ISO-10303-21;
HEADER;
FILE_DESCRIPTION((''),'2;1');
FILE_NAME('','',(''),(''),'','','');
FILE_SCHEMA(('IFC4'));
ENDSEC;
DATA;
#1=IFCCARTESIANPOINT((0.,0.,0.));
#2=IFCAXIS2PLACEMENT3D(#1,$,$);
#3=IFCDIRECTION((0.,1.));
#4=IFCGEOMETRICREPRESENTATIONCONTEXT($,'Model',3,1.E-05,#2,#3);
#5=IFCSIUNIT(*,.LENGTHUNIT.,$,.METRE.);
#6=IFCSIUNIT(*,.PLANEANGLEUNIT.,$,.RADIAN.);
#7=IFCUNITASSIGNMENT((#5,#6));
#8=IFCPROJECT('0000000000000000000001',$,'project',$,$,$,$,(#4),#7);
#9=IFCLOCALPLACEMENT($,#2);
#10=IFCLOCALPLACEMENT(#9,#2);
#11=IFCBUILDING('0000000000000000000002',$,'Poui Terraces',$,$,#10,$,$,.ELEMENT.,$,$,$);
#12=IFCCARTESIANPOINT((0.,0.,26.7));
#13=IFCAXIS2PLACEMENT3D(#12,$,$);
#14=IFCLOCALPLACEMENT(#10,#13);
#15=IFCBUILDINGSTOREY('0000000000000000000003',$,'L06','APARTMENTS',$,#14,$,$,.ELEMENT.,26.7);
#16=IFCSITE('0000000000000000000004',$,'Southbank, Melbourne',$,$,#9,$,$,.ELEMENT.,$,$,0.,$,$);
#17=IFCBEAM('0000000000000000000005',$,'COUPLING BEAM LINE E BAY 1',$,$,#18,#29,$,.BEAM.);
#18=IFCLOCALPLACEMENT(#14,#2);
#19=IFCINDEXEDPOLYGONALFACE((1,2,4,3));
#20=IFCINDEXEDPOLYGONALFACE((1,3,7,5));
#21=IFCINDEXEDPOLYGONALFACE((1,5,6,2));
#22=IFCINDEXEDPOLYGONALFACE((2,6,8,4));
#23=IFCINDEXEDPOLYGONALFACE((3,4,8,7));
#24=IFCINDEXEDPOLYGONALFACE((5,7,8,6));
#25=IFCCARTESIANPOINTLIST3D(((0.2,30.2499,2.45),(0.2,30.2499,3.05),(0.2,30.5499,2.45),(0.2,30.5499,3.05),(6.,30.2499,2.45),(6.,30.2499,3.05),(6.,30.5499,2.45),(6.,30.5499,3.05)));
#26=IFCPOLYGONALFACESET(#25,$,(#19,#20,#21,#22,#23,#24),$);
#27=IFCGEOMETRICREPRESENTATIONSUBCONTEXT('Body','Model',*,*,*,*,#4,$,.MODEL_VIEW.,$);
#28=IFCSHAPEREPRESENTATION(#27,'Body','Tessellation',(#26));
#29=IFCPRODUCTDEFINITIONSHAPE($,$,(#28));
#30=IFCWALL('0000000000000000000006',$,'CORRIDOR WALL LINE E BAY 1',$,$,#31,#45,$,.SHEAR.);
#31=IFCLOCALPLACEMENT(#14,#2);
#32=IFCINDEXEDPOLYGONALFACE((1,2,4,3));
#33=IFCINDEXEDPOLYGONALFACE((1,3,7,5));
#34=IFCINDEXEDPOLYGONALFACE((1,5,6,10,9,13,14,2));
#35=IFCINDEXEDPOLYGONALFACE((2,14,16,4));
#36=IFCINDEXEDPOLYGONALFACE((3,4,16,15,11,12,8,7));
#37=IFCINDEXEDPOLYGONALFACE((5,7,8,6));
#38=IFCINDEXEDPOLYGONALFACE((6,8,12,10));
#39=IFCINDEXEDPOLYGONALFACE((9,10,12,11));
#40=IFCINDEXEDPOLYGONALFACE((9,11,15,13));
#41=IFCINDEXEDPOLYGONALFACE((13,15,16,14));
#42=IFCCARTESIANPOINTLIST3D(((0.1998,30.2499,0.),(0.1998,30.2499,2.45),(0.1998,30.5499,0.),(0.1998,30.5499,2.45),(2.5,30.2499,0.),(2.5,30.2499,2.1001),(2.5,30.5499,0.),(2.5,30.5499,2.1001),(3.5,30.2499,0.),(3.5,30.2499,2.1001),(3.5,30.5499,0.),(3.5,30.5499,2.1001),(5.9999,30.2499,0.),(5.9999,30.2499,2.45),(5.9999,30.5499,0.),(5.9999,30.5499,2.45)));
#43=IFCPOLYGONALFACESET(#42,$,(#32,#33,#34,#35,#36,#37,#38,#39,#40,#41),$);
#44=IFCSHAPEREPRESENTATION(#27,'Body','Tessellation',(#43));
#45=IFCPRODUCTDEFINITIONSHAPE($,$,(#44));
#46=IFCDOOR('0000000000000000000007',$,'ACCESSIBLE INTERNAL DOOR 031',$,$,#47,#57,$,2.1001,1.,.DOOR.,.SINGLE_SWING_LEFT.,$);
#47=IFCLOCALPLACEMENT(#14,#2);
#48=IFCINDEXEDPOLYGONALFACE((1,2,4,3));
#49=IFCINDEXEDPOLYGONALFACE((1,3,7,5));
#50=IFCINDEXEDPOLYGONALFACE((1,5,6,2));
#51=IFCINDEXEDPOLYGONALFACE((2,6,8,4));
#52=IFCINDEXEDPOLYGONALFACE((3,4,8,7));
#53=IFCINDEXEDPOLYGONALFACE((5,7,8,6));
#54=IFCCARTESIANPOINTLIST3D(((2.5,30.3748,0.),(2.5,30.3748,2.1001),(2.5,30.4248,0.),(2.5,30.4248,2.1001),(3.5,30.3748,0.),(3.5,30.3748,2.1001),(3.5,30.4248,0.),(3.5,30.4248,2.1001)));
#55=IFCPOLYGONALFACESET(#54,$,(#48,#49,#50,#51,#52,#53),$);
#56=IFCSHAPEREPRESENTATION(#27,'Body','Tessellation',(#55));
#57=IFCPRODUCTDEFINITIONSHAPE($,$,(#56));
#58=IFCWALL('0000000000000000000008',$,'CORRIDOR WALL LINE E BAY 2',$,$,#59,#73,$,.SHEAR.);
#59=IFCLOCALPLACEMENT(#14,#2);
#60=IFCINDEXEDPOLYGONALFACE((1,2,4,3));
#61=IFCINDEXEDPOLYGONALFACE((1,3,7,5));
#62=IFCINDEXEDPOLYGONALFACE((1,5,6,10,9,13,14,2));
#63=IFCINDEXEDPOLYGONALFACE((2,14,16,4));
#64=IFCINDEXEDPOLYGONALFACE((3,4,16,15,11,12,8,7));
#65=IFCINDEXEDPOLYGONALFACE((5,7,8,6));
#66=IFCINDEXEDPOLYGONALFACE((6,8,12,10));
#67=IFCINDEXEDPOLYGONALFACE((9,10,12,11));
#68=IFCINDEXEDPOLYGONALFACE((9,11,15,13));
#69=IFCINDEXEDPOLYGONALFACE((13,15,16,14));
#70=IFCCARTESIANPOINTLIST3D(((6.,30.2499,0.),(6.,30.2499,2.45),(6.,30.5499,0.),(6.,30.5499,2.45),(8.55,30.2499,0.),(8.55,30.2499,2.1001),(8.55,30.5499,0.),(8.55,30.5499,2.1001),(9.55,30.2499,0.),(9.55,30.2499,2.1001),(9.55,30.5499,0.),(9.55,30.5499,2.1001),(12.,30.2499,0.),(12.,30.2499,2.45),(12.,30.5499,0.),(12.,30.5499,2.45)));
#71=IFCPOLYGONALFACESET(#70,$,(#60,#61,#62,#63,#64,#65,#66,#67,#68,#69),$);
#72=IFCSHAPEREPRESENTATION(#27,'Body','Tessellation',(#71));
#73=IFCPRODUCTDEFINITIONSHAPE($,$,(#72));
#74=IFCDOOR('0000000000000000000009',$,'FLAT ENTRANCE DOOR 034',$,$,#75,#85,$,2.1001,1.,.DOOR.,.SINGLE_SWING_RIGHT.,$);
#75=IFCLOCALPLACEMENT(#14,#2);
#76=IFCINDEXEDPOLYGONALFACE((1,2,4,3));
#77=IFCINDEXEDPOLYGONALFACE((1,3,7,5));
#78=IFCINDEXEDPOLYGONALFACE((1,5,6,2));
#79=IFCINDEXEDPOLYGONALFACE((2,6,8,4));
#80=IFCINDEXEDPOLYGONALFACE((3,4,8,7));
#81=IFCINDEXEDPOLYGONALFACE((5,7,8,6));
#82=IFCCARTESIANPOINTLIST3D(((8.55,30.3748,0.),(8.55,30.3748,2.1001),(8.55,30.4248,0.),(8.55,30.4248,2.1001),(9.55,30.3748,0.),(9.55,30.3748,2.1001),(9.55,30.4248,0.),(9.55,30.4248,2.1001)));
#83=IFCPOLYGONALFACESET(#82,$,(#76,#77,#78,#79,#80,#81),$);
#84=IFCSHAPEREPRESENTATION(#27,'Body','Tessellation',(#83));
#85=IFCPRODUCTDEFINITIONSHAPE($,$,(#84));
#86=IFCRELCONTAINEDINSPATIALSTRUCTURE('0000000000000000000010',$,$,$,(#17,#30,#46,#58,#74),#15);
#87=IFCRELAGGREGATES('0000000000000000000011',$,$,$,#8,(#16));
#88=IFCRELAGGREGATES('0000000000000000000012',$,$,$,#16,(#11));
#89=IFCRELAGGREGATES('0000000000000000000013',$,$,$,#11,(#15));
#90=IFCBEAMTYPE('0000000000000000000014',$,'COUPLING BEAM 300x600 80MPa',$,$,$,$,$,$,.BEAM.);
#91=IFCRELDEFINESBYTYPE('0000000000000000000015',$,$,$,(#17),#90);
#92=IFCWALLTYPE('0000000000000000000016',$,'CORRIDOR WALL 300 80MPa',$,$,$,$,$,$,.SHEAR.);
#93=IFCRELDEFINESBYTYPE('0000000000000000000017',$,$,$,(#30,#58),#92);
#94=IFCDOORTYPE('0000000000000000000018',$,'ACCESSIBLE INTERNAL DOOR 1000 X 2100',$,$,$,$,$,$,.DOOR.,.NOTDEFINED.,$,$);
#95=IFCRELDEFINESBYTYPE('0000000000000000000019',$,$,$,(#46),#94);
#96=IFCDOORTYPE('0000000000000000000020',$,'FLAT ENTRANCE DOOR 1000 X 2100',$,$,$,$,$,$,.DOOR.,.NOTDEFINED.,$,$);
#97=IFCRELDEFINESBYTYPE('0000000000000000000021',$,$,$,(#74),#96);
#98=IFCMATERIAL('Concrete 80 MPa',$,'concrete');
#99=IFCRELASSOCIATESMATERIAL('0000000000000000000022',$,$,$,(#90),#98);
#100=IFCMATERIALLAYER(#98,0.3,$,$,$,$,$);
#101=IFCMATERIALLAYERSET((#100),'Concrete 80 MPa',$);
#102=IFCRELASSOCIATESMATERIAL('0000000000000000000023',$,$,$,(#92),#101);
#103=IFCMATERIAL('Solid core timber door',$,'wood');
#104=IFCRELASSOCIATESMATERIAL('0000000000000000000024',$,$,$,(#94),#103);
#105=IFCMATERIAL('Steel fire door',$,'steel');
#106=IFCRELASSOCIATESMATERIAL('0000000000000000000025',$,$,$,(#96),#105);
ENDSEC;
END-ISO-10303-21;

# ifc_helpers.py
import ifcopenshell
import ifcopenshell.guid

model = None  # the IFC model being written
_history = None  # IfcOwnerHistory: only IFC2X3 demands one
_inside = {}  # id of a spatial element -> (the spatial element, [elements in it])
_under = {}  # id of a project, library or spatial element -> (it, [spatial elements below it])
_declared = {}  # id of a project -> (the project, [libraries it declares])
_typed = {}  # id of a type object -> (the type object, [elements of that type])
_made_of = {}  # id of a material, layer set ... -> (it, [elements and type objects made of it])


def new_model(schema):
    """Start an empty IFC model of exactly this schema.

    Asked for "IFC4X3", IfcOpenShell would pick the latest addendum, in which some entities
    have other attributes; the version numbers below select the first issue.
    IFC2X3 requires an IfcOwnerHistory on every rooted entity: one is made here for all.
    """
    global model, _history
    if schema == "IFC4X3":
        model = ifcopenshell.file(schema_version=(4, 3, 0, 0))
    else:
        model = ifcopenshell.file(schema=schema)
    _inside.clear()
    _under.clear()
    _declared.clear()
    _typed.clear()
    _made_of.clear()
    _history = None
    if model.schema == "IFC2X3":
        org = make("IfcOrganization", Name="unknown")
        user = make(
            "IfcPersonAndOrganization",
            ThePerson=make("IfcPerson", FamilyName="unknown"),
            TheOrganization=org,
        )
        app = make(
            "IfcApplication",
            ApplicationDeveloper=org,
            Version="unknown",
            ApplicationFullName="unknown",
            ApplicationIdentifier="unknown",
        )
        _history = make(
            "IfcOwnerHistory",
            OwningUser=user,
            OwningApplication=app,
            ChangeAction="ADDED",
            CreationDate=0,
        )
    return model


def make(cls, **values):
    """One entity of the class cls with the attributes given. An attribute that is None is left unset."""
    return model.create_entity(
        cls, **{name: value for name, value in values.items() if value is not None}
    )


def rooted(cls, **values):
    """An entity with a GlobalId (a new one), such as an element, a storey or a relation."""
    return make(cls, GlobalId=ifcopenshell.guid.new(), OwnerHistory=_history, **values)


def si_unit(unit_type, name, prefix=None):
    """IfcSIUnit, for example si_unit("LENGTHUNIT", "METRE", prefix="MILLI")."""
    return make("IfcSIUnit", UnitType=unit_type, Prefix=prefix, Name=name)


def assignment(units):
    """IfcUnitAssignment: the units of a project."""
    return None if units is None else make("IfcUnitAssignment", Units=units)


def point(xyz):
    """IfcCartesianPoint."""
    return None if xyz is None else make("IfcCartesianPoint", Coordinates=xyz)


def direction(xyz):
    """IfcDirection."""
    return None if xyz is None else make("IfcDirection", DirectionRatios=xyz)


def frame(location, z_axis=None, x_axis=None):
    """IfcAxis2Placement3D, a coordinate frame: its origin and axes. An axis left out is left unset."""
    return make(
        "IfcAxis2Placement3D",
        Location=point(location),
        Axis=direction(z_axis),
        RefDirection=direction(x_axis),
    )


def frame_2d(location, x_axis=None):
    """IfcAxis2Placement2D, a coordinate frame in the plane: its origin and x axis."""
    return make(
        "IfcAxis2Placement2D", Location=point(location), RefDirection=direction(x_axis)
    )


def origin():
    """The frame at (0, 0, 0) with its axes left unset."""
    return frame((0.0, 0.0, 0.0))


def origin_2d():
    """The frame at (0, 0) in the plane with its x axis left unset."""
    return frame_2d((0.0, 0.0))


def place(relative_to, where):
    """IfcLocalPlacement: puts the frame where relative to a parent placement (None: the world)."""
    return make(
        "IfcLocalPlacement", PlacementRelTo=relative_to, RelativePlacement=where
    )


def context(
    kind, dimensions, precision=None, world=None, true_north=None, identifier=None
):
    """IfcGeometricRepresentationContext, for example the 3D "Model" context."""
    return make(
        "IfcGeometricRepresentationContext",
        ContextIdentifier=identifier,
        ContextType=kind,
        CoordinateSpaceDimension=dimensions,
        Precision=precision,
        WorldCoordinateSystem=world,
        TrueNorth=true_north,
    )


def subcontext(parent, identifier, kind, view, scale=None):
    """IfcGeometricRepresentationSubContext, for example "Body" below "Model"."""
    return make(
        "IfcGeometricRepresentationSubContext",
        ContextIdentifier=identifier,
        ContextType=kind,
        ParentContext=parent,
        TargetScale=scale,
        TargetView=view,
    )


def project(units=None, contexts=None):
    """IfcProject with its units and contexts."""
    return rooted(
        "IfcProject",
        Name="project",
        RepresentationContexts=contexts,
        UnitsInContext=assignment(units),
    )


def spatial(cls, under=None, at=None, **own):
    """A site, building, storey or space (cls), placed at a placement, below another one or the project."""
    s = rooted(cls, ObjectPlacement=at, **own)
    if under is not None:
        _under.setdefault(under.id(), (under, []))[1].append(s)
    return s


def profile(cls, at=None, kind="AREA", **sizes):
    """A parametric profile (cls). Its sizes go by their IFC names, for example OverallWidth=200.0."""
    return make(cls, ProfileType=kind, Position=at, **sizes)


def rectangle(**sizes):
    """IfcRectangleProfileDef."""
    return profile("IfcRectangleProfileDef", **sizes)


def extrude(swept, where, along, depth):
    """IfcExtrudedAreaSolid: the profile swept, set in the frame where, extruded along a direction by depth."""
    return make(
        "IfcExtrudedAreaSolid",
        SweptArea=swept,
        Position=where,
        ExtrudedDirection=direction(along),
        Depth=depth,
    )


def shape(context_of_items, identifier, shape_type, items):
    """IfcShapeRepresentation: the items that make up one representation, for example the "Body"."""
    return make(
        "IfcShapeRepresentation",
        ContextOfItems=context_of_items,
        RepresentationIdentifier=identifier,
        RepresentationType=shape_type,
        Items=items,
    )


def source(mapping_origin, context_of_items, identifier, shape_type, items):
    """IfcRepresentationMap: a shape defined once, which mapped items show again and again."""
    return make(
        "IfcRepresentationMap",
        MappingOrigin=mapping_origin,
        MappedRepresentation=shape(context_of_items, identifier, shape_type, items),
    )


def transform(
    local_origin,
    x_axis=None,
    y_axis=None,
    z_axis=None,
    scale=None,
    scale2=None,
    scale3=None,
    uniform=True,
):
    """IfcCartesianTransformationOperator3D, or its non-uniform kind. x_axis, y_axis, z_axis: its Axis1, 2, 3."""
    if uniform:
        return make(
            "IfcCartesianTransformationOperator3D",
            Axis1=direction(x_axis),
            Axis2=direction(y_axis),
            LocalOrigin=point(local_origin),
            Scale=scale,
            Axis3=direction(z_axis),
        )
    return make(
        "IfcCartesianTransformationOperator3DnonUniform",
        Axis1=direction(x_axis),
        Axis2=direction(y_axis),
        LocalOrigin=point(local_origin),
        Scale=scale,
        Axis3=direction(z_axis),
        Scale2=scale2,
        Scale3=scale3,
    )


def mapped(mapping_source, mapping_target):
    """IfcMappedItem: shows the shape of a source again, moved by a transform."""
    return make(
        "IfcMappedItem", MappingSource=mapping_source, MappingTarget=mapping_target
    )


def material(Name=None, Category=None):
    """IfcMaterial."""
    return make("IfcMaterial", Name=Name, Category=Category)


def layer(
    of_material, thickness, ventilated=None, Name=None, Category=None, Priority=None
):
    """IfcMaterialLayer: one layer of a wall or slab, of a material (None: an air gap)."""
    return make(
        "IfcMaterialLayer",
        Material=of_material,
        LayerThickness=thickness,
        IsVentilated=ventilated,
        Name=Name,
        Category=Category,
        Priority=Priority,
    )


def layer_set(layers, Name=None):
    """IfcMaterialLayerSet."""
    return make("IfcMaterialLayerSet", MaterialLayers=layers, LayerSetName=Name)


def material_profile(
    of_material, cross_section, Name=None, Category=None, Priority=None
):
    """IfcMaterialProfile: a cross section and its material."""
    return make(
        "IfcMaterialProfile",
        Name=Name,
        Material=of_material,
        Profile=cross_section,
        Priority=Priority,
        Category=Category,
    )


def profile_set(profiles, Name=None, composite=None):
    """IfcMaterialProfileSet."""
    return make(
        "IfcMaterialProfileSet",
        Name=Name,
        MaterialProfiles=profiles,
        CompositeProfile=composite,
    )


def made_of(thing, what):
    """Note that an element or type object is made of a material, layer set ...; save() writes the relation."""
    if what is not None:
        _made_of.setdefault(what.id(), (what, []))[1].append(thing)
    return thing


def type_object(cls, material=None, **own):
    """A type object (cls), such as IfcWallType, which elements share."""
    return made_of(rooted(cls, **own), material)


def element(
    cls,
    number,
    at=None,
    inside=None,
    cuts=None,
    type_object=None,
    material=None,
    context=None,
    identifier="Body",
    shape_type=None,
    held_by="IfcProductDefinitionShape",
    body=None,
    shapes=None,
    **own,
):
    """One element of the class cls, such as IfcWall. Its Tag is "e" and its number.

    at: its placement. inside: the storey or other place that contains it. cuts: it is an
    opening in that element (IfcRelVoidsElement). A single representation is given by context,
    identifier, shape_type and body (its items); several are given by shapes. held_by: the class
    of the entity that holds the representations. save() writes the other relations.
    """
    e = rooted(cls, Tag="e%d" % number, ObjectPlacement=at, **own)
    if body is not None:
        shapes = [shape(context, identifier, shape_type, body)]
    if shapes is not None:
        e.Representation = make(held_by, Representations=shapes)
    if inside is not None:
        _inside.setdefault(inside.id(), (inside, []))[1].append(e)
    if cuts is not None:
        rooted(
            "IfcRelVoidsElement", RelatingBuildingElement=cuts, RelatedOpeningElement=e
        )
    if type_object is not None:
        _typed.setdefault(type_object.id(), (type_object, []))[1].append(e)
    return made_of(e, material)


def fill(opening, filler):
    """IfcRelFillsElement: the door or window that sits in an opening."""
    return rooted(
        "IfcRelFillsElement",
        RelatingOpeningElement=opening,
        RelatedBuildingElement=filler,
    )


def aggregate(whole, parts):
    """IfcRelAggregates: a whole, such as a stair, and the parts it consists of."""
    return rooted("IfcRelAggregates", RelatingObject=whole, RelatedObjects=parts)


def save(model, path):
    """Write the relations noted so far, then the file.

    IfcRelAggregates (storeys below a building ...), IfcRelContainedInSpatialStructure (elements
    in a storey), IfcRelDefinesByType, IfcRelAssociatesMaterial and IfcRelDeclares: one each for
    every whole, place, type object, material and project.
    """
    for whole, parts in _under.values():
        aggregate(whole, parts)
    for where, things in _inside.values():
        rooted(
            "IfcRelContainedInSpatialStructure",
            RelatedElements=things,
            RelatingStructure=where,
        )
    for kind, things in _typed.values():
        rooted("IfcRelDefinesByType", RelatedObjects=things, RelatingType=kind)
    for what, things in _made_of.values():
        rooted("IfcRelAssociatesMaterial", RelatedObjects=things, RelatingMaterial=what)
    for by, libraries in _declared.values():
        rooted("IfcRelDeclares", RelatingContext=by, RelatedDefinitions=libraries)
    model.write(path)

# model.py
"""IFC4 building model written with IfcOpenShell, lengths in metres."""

from ifc_helpers import new_model, si_unit, direction, frame, frame_2d, origin, origin_2d, place, context, subcontext, project, spatial, rectangle, extrude, source, transform, mapped, material, layer, layer_set, material_profile, profile_set, type_object, element, fill, save


model = new_model("IFC4")

# Units and contexts
model_context = context("Model", 3, precision=1e-05, world=origin(), true_north=direction((0.0, 1.0)))
body_context = subcontext(model_context, "Body", "Model", "MODEL_VIEW")
ifc_project = project(units=[si_unit("LENGTHUNIT", "METRE"), si_unit("PLANEANGLEUNIT", "RADIAN")], contexts=[model_context])

# Site, building, storey
site_placement = place(None, origin())
site = spatial("IfcSite", under=ifc_project, at=site_placement, Name="Southbank, Melbourne", CompositionType="ELEMENT", RefElevation=0.0)
building_placement = place(site_placement, origin())
building = spatial("IfcBuilding", under=site, at=building_placement, Name="Poui Terraces", CompositionType="ELEMENT")
storey_placement = place(building_placement, frame((0.0, 0.0, 26.7)))
storey = spatial("IfcBuildingStorey", under=building, at=storey_placement, Name="L06", Description="APARTMENTS", CompositionType="ELEMENT", Elevation=26.7)

# Beam
ifc_material_1 = material(Name="Concrete 80 MPa", Category="concrete")
ifc_material_profile = material_profile(ifc_material_1, rectangle(XDim=0.3, YDim=0.6001, at=origin_2d()), Name="RC 300x600")
ifc_profile_set = profile_set([ifc_material_profile], Name="Concrete 80 MPa")
beam_type = type_object("IfcBeamType", Name="COUPLING BEAM 300x600 80MPa", PredefinedType="BEAM", material=ifc_profile_set)
shared_shape = source(origin(), body_context, "Body", "SweptSolid", [
    extrude(rectangle(XDim=0.3, YDim=0.6001, at=origin_2d()), origin(), (0.0, 0.0, 1.0), 5.8),
])
beam_placement = place(storey_placement, frame((0.2, 30.3999, 2.75), z_axis=(1.0, 0.0, 0.0), x_axis=(0.0, 1.0, 0.0)))
element("IfcBeam", 1, at=beam_placement, inside=storey, type_object=beam_type, Name="COUPLING BEAM LINE E BAY 1", PredefinedType="BEAM", context=body_context, shape_type="MappedRepresentation", body=[
    mapped(shared_shape, transform((0.0, 0.0, 0.0))),
])

# Walls, openings, doors
ifc_layer = layer(ifc_material_1, 0.3)
ifc_layer_set = layer_set([ifc_layer], Name="Concrete 80 MPa")
wall_type = type_object("IfcWallType", Name="CORRIDOR WALL 300 80MPa", PredefinedType="SHEAR", material=ifc_layer_set)
wall_1_placement = place(storey_placement, frame((0.2, 30.3999, 0.0), z_axis=(0.0, 0.0, 1.0), x_axis=(1.0, 0.0, 0.0)))
wall_1 = element("IfcWall", 2, at=wall_1_placement, inside=storey, type_object=wall_type, Name="CORRIDOR WALL LINE E BAY 1", PredefinedType="SHEAR", context=body_context, shape_type="SweptSolid", body=[
    extrude(rectangle(XDim=5.8, YDim=0.3, at=frame_2d((2.8999, 0.0))), origin(), (0.0, 0.0, 1.0), 2.45),
])
opening_1_placement = place(wall_1_placement, frame((2.3, 0.0, 0.0)))
opening_1 = element("IfcOpeningElement", 3, at=opening_1_placement, cuts=wall_1, PredefinedType="OPENING", context=body_context, shape_type="SweptSolid", body=[
    extrude(rectangle(XDim=1.0, YDim=2.1001, at=frame_2d((0.5, 1.05))), frame((0.0, 0.1602, 0.0), z_axis=(0.0, -1.0, 0.0), x_axis=(1.0, 0.0, 0.0)), (0.0, 0.0, 1.0), 0.3201),
])
ifc_material_2 = material(Name="Solid core timber door", Category="wood")
door_type_1 = type_object("IfcDoorType", Name="ACCESSIBLE INTERNAL DOOR 1000 X 2100", OperationType="NOTDEFINED", PredefinedType="DOOR", material=ifc_material_2)
door_1_placement = place(opening_1_placement, origin())
door_1 = element("IfcDoor", 4, at=door_1_placement, inside=storey, type_object=door_type_1, Name="ACCESSIBLE INTERNAL DOOR 031", OperationType="SINGLE_SWING_LEFT", OverallHeight=2.1001, OverallWidth=1.0, PredefinedType="DOOR", context=body_context, shape_type="SweptSolid", body=[
    extrude(rectangle(XDim=1.0, YDim=2.1001, at=frame_2d((0.5, 1.05))), frame((0.0, 0.0249, 0.0), z_axis=(0.0, -1.0, 0.0), x_axis=(1.0, 0.0, 0.0)), (0.0, 0.0, 1.0), 0.05),
])
fill(opening_1, door_1)
wall_2_placement = place(storey_placement, frame((6.0, 30.3999, 0.0), z_axis=(0.0, 0.0, 1.0), x_axis=(1.0, 0.0, 0.0)))
wall_2 = element("IfcWall", 5, at=wall_2_placement, inside=storey, type_object=wall_type, Name="CORRIDOR WALL LINE E BAY 2", PredefinedType="SHEAR", context=body_context, shape_type="SweptSolid", body=[
    extrude(rectangle(XDim=6.0, YDim=0.3, at=frame_2d((3.0, 0.0))), origin(), (0.0, 0.0, 1.0), 2.45),
])
opening_2_placement = place(wall_2_placement, frame((2.55, 0.0, 0.0)))
opening_2 = element("IfcOpeningElement", 6, at=opening_2_placement, cuts=wall_2, PredefinedType="OPENING", context=body_context, shape_type="SweptSolid", body=[
    extrude(rectangle(XDim=1.0, YDim=2.1001, at=frame_2d((0.5, 1.05))), frame((0.0, 0.1602, 0.0), z_axis=(0.0, -1.0, 0.0), x_axis=(1.0, 0.0, 0.0)), (0.0, 0.0, 1.0), 0.3201),
])
ifc_material_3 = material(Name="Steel fire door", Category="steel")
door_type_2 = type_object("IfcDoorType", Name="FLAT ENTRANCE DOOR 1000 X 2100", OperationType="NOTDEFINED", PredefinedType="DOOR", material=ifc_material_3)
door_2_placement = place(opening_2_placement, origin())
door_2 = element("IfcDoor", 7, at=door_2_placement, inside=storey, type_object=door_type_2, Name="FLAT ENTRANCE DOOR 034", OperationType="SINGLE_SWING_RIGHT", OverallHeight=2.1001, OverallWidth=1.0, PredefinedType="DOOR", context=body_context, shape_type="SweptSolid", body=[
    extrude(rectangle(XDim=1.0, YDim=2.1001, at=frame_2d((0.5, 1.05))), frame((0.0, 0.0249, 0.0), z_axis=(0.0, -1.0, 0.0), x_axis=(1.0, 0.0, 0.0)), (0.0, 0.0, 1.0), 0.05),
])
fill(opening_2, door_2)

save(model, "model.ifc")
